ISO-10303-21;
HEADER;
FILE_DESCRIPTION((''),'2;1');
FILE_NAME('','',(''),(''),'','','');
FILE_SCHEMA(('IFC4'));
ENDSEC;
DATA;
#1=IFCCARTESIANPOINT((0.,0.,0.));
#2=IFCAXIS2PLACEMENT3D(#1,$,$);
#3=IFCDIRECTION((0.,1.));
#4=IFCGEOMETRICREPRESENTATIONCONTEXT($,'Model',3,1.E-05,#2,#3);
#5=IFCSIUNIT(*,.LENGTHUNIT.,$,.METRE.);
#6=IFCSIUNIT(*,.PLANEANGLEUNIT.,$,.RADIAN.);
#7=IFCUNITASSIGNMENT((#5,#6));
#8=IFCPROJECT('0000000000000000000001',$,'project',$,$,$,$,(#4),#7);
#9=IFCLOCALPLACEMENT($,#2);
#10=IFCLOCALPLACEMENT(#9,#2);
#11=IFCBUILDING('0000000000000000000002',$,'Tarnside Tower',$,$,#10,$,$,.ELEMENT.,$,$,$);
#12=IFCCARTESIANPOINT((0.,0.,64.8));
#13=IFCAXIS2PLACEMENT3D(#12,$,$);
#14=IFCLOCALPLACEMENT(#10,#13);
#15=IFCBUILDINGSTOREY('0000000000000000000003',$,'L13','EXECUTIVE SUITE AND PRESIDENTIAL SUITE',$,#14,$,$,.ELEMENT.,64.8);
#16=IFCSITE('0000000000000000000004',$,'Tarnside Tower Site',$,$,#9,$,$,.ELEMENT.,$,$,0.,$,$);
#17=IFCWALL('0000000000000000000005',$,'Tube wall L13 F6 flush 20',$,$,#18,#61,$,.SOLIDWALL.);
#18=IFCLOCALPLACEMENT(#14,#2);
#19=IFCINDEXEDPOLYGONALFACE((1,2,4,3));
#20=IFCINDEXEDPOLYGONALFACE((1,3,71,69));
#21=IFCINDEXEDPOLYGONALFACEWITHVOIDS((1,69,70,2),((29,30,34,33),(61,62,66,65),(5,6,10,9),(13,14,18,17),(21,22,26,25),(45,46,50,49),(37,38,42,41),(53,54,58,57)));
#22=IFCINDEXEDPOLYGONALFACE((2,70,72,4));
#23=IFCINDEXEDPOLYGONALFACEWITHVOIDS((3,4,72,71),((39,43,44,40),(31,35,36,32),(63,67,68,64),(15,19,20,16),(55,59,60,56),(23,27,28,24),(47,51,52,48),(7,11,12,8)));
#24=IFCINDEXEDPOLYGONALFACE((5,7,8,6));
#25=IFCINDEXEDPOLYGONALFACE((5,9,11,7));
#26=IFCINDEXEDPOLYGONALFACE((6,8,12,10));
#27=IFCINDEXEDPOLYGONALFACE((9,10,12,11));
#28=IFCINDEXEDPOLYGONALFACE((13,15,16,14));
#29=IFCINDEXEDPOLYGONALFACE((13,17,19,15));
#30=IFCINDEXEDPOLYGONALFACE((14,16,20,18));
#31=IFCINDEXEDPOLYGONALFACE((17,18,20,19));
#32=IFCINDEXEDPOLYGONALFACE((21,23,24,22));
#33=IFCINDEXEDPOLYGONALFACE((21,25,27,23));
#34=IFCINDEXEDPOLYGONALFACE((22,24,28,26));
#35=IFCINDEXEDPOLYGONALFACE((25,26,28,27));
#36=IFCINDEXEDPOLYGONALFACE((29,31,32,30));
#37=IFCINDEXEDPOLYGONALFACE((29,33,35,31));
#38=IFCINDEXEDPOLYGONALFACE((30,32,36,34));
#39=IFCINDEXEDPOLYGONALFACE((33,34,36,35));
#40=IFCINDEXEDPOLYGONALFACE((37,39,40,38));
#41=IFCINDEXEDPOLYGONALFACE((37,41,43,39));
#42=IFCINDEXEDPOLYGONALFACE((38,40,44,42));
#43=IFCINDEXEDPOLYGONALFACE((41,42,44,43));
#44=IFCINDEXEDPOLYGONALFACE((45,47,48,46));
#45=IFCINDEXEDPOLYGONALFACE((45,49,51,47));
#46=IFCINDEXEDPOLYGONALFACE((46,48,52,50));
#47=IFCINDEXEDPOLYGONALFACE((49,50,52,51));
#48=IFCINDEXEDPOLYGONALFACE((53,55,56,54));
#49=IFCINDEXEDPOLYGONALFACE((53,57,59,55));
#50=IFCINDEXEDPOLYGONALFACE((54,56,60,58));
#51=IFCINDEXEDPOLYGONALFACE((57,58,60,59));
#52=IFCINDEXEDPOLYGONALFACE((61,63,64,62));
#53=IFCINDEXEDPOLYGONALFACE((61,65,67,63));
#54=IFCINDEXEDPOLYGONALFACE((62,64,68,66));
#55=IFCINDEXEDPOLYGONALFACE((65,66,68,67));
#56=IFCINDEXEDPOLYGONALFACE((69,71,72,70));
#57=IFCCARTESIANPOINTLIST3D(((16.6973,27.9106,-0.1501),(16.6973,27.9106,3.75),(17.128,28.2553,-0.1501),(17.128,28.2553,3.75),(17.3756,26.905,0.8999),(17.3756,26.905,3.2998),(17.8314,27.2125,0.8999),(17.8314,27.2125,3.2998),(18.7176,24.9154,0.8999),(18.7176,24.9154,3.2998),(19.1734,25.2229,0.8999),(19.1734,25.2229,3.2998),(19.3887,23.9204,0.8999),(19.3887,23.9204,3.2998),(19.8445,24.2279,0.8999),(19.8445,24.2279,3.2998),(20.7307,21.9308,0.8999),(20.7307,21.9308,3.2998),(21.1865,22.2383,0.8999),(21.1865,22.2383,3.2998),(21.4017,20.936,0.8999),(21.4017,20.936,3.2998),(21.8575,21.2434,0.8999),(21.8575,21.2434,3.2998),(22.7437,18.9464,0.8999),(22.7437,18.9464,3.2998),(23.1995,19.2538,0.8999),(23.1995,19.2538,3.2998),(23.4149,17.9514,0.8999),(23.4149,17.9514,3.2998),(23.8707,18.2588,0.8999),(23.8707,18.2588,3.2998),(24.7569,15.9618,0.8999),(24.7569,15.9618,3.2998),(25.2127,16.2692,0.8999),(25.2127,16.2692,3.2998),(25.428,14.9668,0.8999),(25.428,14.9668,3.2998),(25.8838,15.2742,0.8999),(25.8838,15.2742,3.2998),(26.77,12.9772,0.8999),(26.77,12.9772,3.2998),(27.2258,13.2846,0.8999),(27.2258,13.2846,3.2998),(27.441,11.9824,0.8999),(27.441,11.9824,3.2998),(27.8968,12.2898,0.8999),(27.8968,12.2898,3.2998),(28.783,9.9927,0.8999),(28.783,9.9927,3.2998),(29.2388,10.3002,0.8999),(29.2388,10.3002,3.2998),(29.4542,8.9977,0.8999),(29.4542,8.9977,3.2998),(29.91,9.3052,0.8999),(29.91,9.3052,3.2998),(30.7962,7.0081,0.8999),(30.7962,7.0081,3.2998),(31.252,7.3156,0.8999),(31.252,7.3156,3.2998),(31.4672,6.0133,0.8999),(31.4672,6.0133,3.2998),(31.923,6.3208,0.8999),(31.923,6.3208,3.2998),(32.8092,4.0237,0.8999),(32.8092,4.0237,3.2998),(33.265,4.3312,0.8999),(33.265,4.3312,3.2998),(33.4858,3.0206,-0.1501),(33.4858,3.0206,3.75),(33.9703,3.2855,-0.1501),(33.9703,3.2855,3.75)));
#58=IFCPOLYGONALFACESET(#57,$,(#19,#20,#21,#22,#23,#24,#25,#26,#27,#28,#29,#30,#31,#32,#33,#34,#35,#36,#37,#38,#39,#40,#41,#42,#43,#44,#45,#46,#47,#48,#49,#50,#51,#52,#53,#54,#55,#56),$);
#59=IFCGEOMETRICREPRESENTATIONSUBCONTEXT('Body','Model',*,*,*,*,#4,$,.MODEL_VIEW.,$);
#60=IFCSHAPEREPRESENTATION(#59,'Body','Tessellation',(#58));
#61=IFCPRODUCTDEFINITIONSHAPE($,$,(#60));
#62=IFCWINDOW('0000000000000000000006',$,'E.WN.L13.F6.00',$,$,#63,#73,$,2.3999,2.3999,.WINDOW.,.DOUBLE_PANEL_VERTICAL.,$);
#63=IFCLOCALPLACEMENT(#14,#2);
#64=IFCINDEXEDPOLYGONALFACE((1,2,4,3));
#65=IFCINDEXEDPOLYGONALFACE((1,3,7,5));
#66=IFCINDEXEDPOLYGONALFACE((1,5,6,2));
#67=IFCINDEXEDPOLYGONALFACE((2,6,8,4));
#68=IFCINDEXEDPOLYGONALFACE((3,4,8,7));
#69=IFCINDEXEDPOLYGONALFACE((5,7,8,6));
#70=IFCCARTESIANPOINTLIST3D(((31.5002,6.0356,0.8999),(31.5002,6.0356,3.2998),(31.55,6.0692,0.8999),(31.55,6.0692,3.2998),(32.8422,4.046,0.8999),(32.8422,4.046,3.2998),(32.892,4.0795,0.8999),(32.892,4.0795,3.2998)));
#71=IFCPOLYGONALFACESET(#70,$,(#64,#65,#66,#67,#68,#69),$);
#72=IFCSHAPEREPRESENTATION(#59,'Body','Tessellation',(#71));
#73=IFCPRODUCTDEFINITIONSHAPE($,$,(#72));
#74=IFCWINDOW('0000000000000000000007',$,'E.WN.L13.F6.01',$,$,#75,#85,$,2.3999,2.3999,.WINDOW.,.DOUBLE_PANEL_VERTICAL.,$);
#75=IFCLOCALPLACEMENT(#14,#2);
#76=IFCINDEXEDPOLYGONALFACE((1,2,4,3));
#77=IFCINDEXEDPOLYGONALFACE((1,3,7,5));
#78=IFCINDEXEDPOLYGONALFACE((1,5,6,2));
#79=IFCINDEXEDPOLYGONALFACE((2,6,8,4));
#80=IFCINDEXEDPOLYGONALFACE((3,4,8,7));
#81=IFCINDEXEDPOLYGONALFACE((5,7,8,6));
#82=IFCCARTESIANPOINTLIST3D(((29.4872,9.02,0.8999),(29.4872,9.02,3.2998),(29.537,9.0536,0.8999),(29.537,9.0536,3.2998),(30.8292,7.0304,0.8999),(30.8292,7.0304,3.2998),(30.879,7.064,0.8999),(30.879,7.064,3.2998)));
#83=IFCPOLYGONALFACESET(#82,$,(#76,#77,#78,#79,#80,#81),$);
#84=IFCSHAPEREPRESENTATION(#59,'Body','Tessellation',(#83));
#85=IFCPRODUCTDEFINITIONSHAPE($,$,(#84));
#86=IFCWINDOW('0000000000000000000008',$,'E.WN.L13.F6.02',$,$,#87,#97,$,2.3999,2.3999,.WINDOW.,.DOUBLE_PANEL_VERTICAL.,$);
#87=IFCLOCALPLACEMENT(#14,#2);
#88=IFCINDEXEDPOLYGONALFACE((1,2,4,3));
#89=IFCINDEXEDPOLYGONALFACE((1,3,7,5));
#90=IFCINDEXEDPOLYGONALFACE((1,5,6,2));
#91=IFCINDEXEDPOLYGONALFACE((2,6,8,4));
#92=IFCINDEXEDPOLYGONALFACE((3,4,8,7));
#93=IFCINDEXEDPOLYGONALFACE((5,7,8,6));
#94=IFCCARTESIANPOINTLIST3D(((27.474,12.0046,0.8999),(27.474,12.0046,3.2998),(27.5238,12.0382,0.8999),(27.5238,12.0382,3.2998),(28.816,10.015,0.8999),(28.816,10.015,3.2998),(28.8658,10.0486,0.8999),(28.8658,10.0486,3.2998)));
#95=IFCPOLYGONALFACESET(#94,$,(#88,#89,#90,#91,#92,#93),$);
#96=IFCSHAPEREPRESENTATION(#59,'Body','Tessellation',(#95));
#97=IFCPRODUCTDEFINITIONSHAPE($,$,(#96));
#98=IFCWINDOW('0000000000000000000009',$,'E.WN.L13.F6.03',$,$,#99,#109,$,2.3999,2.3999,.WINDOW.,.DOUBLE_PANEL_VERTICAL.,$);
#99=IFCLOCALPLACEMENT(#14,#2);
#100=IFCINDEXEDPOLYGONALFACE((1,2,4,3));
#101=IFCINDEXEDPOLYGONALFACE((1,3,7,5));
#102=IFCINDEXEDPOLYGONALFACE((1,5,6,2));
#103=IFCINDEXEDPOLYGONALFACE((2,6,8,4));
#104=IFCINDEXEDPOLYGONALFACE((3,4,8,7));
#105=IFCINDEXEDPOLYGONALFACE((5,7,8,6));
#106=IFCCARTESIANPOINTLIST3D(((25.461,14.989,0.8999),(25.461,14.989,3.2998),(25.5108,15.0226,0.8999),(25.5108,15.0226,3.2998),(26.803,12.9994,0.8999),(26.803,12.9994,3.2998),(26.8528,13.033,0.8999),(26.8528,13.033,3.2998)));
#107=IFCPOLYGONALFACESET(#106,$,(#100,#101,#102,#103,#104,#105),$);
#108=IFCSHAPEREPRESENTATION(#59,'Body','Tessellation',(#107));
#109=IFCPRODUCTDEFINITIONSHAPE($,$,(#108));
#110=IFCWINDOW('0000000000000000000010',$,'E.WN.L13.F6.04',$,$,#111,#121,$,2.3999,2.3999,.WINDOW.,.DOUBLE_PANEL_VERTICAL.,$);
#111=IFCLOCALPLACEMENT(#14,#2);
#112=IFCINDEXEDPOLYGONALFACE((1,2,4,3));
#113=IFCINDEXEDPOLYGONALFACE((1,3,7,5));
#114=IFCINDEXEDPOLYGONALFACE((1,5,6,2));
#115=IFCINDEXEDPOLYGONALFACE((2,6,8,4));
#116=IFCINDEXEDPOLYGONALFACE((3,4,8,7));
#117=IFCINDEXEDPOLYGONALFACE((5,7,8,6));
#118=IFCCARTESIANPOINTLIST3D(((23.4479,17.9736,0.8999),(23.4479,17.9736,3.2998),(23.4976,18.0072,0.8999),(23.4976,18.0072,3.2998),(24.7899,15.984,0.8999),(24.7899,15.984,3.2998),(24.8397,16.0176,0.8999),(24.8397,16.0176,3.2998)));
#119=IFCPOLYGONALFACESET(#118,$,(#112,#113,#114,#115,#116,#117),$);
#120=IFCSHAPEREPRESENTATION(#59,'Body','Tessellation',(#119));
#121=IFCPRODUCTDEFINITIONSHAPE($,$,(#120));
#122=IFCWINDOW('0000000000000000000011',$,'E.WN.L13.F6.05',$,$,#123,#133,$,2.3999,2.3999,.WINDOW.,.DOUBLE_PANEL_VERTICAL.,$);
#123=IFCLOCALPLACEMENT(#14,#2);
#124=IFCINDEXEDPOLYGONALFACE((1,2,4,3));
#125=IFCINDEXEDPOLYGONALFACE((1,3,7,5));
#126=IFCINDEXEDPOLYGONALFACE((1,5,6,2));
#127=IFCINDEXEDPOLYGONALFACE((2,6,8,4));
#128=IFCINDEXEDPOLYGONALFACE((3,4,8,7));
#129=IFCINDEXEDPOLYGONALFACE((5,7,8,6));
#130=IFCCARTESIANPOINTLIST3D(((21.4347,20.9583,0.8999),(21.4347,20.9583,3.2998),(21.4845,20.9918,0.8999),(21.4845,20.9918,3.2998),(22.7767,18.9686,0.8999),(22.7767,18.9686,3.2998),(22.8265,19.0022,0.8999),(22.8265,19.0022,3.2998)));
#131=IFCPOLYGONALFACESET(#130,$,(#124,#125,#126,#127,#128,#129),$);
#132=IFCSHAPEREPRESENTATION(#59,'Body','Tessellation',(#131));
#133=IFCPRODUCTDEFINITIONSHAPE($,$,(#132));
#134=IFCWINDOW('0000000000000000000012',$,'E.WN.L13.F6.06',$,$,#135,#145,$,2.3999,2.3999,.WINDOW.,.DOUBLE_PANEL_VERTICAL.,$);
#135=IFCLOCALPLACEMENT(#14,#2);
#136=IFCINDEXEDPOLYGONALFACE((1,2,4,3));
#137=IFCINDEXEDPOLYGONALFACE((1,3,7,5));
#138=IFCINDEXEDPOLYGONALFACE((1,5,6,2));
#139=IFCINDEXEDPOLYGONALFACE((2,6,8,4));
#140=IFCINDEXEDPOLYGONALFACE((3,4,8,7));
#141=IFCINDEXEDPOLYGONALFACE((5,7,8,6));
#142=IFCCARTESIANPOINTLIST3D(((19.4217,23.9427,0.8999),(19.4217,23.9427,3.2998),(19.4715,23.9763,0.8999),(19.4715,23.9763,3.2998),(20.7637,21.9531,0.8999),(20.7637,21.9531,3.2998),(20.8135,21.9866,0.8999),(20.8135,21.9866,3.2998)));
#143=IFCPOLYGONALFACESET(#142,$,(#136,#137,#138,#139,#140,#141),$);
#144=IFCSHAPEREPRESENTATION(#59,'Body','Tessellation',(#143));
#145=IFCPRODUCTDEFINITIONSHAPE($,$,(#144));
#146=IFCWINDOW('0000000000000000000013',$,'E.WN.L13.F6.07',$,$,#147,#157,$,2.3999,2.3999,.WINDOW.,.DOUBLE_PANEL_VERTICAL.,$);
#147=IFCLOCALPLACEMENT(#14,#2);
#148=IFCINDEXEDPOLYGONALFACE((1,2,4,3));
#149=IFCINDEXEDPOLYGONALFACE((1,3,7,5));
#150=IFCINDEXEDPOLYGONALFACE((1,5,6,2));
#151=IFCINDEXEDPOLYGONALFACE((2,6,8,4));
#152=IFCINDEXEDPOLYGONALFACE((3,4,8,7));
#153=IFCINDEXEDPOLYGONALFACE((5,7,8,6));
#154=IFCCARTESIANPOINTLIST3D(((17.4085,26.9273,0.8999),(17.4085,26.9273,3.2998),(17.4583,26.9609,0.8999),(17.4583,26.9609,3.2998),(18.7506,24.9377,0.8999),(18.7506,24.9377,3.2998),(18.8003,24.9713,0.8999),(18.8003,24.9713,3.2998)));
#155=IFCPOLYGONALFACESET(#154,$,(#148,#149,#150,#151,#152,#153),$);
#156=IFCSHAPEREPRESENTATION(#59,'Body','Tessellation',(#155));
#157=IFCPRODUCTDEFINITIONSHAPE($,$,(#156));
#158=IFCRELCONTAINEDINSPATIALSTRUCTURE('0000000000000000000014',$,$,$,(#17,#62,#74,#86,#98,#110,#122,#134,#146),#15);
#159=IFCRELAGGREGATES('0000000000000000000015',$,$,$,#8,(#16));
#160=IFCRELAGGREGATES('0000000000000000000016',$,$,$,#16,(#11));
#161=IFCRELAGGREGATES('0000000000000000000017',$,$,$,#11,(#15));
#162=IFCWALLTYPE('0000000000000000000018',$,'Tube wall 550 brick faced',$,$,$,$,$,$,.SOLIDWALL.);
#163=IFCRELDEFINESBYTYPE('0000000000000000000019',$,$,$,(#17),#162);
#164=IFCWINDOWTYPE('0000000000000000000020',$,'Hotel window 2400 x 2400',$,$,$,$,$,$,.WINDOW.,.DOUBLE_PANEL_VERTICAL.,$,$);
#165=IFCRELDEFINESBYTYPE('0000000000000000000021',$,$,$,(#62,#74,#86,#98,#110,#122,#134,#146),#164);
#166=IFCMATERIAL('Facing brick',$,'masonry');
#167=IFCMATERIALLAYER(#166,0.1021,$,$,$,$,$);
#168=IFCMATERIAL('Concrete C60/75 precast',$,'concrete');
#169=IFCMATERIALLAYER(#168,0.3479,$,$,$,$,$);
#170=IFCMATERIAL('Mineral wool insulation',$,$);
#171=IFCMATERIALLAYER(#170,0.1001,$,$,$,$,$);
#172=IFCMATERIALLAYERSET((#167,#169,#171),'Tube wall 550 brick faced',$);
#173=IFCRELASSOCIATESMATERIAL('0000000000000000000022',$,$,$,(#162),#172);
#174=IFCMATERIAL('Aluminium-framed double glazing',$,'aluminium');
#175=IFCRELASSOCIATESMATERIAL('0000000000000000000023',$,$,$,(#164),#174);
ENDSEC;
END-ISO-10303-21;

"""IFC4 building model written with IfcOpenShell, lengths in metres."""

from ifc_helpers import new_model, si_unit, direction, frame, frame_2d, origin, place, context, subcontext, project, spatial, polyline, rectangle, outline, extrude, material, layer, layer_set, type_object, element, fill, save


model = new_model("IFC4")

# Units and contexts
model_context = context("Model", 3, precision=1e-05, world=origin(), true_north=direction((0.0, 1.0)))
body_context = subcontext(model_context, "Body", "Model", "MODEL_VIEW")
ifc_project = project(units=[si_unit("LENGTHUNIT", "METRE"), si_unit("PLANEANGLEUNIT", "RADIAN")], contexts=[model_context])

# Site, building, storey
site_placement = place(None, origin())
site = spatial("IfcSite", under=ifc_project, at=site_placement, Name="Tarnside Tower Site", CompositionType="ELEMENT", RefElevation=0.0)
building_placement = place(site_placement, origin())
building = spatial("IfcBuilding", under=site, at=building_placement, Name="Tarnside Tower", CompositionType="ELEMENT")
storey_placement = place(building_placement, frame((0.0, 0.0, 64.8)))
storey = spatial("IfcBuildingStorey", under=building, at=storey_placement, Name="L13", Description="EXECUTIVE SUITE AND PRESIDENTIAL SUITE", CompositionType="ELEMENT", Elevation=64.8)

# Shared definitions
ifc_material_1 = material(Name="Facing brick", Category="masonry")
ifc_layer_1 = layer(ifc_material_1, 0.1021)
ifc_material_2 = material(Name="Concrete C60/75 precast", Category="concrete")
ifc_layer_2 = layer(ifc_material_2, 0.3479)
ifc_material_3 = material(Name="Mineral wool insulation")
ifc_layer_3 = layer(ifc_material_3, 0.1001)
ifc_layer_set_1 = layer_set([ifc_layer_1, ifc_layer_2, ifc_layer_3], Name="Tube wall 550 brick faced")
wall_type_1 = type_object("IfcWallType", Name="Tube wall 550 brick faced", PredefinedType="SOLIDWALL", material=ifc_layer_set_1)

# Wall, openings, windows
wall_1_placement = place(storey_placement, frame((33.728, 3.1531, -0.1501), z_axis=(0.0, 0.0, 1.0), x_axis=(-0.559192, 0.829038, 0.0)))
wall_1 = element("IfcWall", 1, at=wall_1_placement, inside=storey, type_object=wall_type_1, Name="Tube wall L13 F6 flush 20", PredefinedType="SOLIDWALL", context=body_context, shape_type="SweptSolid", body=[
    extrude(outline(polyline([(-0.0256, -0.2749), (30.0933, -0.2749), (30.0483, 0.2749), (0.0256, 0.2749), (-0.0256, -0.2749)])), origin(), (0.0, 0.0, 1.0), 3.9001),
])
opening_1_placement = place(wall_1_placement, frame((1.2356, 0.0, 1.05)))
opening_1 = element("IfcOpeningElement", 2, at=opening_1_placement, cuts=wall_1, PredefinedType="OPENING", context=body_context, shape_type="SweptSolid", body=[
    extrude(rectangle(XDim=2.3999, YDim=2.3999, at=frame_2d((1.2, 1.2))), frame((0.0, 0.2852, 0.0), z_axis=(0.0, -1.0, 0.0), x_axis=(1.0, 0.0, 0.0)), (0.0, 0.0, 1.0), 0.5701),
])
opening_2_placement = place(wall_1_placement, frame((4.8354, 0.0, 1.05)))
opening_2 = element("IfcOpeningElement", 3, at=opening_2_placement, cuts=wall_1, PredefinedType="OPENING", context=body_context, shape_type="SweptSolid", body=[
    extrude(rectangle(XDim=2.3999, YDim=2.3999, at=frame_2d((1.2, 1.2))), frame((0.0, 0.2852, 0.0), z_axis=(0.0, -1.0, 0.0), x_axis=(1.0, 0.0, 0.0)), (0.0, 0.0, 1.0), 0.5701),
])
opening_3_placement = place(wall_1_placement, frame((8.4355, 0.0, 1.05)))
opening_3 = element("IfcOpeningElement", 4, at=opening_3_placement, cuts=wall_1, PredefinedType="OPENING", context=body_context, shape_type="SweptSolid", body=[
    extrude(rectangle(XDim=2.3999, YDim=2.3999, at=frame_2d((1.2, 1.2))), frame((0.0, 0.2852, 0.0), z_axis=(0.0, -1.0, 0.0), x_axis=(1.0, 0.0, 0.0)), (0.0, 0.0, 1.0), 0.5701),
])
opening_4_placement = place(wall_1_placement, frame((12.0354, 0.0, 1.05)))
opening_4 = element("IfcOpeningElement", 5, at=opening_4_placement, cuts=wall_1, PredefinedType="OPENING", context=body_context, shape_type="SweptSolid", body=[
    extrude(rectangle(XDim=2.3999, YDim=2.3999, at=frame_2d((1.2, 1.2))), frame((0.0, 0.2852, 0.0), z_axis=(0.0, -1.0, 0.0), x_axis=(1.0, 0.0, 0.0)), (0.0, 0.0, 1.0), 0.5701),
])
opening_5_placement = place(wall_1_placement, frame((15.6355, 0.0, 1.05)))
opening_5 = element("IfcOpeningElement", 6, at=opening_5_placement, cuts=wall_1, PredefinedType="OPENING", context=body_context, shape_type="SweptSolid", body=[
    extrude(rectangle(XDim=2.3999, YDim=2.3999, at=frame_2d((1.2, 1.2))), frame((0.0, 0.2852, 0.0), z_axis=(0.0, -1.0, 0.0), x_axis=(1.0, 0.0, 0.0)), (0.0, 0.0, 1.0), 0.5701),
])
opening_6_placement = place(wall_1_placement, frame((19.2356, 0.0, 1.05)))
opening_6 = element("IfcOpeningElement", 7, at=opening_6_placement, cuts=wall_1, PredefinedType="OPENING", context=body_context, shape_type="SweptSolid", body=[
    extrude(rectangle(XDim=2.3999, YDim=2.3999, at=frame_2d((1.2, 1.2))), frame((0.0, 0.2852, 0.0), z_axis=(0.0, -1.0, 0.0), x_axis=(1.0, 0.0, 0.0)), (0.0, 0.0, 1.0), 0.5701),
])
opening_7_placement = place(wall_1_placement, frame((22.8354, 0.0, 1.05)))
opening_7 = element("IfcOpeningElement", 8, at=opening_7_placement, cuts=wall_1, PredefinedType="OPENING", context=body_context, shape_type="SweptSolid", body=[
    extrude(rectangle(XDim=2.3999, YDim=2.3999, at=frame_2d((1.2, 1.2))), frame((0.0, 0.2852, 0.0), z_axis=(0.0, -1.0, 0.0), x_axis=(1.0, 0.0, 0.0)), (0.0, 0.0, 1.0), 0.5701),
])
opening_8_placement = place(wall_1_placement, frame((26.4355, 0.0, 1.05)))
opening_8 = element("IfcOpeningElement", 9, at=opening_8_placement, cuts=wall_1, PredefinedType="OPENING", context=body_context, shape_type="SweptSolid", body=[
    extrude(rectangle(XDim=2.3999, YDim=2.3999, at=frame_2d((1.2, 1.2))), frame((0.0, 0.2852, 0.0), z_axis=(0.0, -1.0, 0.0), x_axis=(1.0, 0.0, 0.0)), (0.0, 0.0, 1.0), 0.5701),
])
ifc_material_4 = material(Name="Aluminium-framed double glazing", Category="aluminium")
window_type = type_object("IfcWindowType", Name="Hotel window 2400 x 2400", PartitioningType="DOUBLE_PANEL_VERTICAL", PredefinedType="WINDOW", material=ifc_material_4)
window_1_placement = place(opening_1_placement, frame((0.0, 0.2051, 0.0)))
window_1 = element("IfcWindow", 10, at=window_1_placement, inside=storey, type_object=window_type, Name="E.WN.L13.F6.00", OverallHeight=2.3999, OverallWidth=2.3999, PartitioningType="DOUBLE_PANEL_VERTICAL", PredefinedType="WINDOW", context=body_context, shape_type="SweptSolid", body=[
    extrude(rectangle(XDim=2.3999, YDim=2.3999, at=frame_2d((1.2, 1.2))), frame((0.0, 0.03, 0.0), z_axis=(0.0, -1.0, 0.0), x_axis=(1.0, 0.0, 0.0)), (0.0, 0.0, 1.0), 0.0601),
])
fill(opening_1, window_1)
window_2_placement = place(opening_2_placement, frame((0.0, 0.2051, 0.0)))
window_2 = element("IfcWindow", 11, at=window_2_placement, inside=storey, type_object=window_type, Name="E.WN.L13.F6.01", OverallHeight=2.3999, OverallWidth=2.3999, PartitioningType="DOUBLE_PANEL_VERTICAL", PredefinedType="WINDOW", context=body_context, shape_type="SweptSolid", body=[
    extrude(rectangle(XDim=2.3999, YDim=2.3999, at=frame_2d((1.2, 1.2))), frame((0.0, 0.03, 0.0), z_axis=(0.0, -1.0, 0.0), x_axis=(1.0, 0.0, 0.0)), (0.0, 0.0, 1.0), 0.0601),
])
fill(opening_2, window_2)
window_3_placement = place(opening_3_placement, frame((0.0, 0.2051, 0.0)))
window_3 = element("IfcWindow", 12, at=window_3_placement, inside=storey, type_object=window_type, Name="E.WN.L13.F6.02", OverallHeight=2.3999, OverallWidth=2.3999, PartitioningType="DOUBLE_PANEL_VERTICAL", PredefinedType="WINDOW", context=body_context, shape_type="SweptSolid", body=[
    extrude(rectangle(XDim=2.3999, YDim=2.3999, at=frame_2d((1.2, 1.2))), frame((0.0, 0.03, 0.0), z_axis=(0.0, -1.0, 0.0), x_axis=(1.0, 0.0, 0.0)), (0.0, 0.0, 1.0), 0.0601),
])
fill(opening_3, window_3)
window_4_placement = place(opening_4_placement, frame((0.0, 0.2051, 0.0)))
window_4 = element("IfcWindow", 13, at=window_4_placement, inside=storey, type_object=window_type, Name="E.WN.L13.F6.03", OverallHeight=2.3999, OverallWidth=2.3999, PartitioningType="DOUBLE_PANEL_VERTICAL", PredefinedType="WINDOW", context=body_context, shape_type="SweptSolid", body=[
    extrude(rectangle(XDim=2.3999, YDim=2.3999, at=frame_2d((1.2, 1.2))), frame((0.0, 0.03, 0.0), z_axis=(0.0, -1.0, 0.0), x_axis=(1.0, 0.0, 0.0)), (0.0, 0.0, 1.0), 0.0601),
])
fill(opening_4, window_4)
window_5_placement = place(opening_5_placement, frame((0.0, 0.2051, 0.0)))
window_5 = element("IfcWindow", 14, at=window_5_placement, inside=storey, type_object=window_type, Name="E.WN.L13.F6.04", OverallHeight=2.3999, OverallWidth=2.3999, PartitioningType="DOUBLE_PANEL_VERTICAL", PredefinedType="WINDOW", context=body_context, shape_type="SweptSolid", body=[
    extrude(rectangle(XDim=2.3999, YDim=2.3999, at=frame_2d((1.2, 1.2))), frame((0.0, 0.03, 0.0), z_axis=(0.0, -1.0, 0.0), x_axis=(1.0, 0.0, 0.0)), (0.0, 0.0, 1.0), 0.0601),
])
fill(opening_5, window_5)
window_6_placement = place(opening_6_placement, frame((0.0, 0.2051, 0.0)))
window_6 = element("IfcWindow", 15, at=window_6_placement, inside=storey, type_object=window_type, Name="E.WN.L13.F6.05", OverallHeight=2.3999, OverallWidth=2.3999, PartitioningType="DOUBLE_PANEL_VERTICAL", PredefinedType="WINDOW", context=body_context, shape_type="SweptSolid", body=[
    extrude(rectangle(XDim=2.3999, YDim=2.3999, at=frame_2d((1.2, 1.2))), frame((0.0, 0.03, 0.0), z_axis=(0.0, -1.0, 0.0), x_axis=(1.0, 0.0, 0.0)), (0.0, 0.0, 1.0), 0.0601),
])
fill(opening_6, window_6)
window_7_placement = place(opening_7_placement, frame((0.0, 0.2051, 0.0)))
window_7 = element("IfcWindow", 16, at=window_7_placement, inside=storey, type_object=window_type, Name="E.WN.L13.F6.06", OverallHeight=2.3999, OverallWidth=2.3999, PartitioningType="DOUBLE_PANEL_VERTICAL", PredefinedType="WINDOW", context=body_context, shape_type="SweptSolid", body=[
    extrude(rectangle(XDim=2.3999, YDim=2.3999, at=frame_2d((1.2, 1.2))), frame((0.0, 0.03, 0.0), z_axis=(0.0, -1.0, 0.0), x_axis=(1.0, 0.0, 0.0)), (0.0, 0.0, 1.0), 0.0601),
])
fill(opening_7, window_7)
window_8_placement = place(opening_8_placement, frame((0.0, 0.2051, 0.0)))
window_8 = element("IfcWindow", 17, at=window_8_placement, inside=storey, type_object=window_type, Name="E.WN.L13.F6.07", OverallHeight=2.3999, OverallWidth=2.3999, PartitioningType="DOUBLE_PANEL_VERTICAL", PredefinedType="WINDOW", context=body_context, shape_type="SweptSolid", body=[
    extrude(rectangle(XDim=2.3999, YDim=2.3999, at=frame_2d((1.2, 1.2))), frame((0.0, 0.03, 0.0), z_axis=(0.0, -1.0, 0.0), x_axis=(1.0, 0.0, 0.0)), (0.0, 0.0, 1.0), 0.0601),
])
fill(opening_8, window_8)

save(model, "model.ifc")
